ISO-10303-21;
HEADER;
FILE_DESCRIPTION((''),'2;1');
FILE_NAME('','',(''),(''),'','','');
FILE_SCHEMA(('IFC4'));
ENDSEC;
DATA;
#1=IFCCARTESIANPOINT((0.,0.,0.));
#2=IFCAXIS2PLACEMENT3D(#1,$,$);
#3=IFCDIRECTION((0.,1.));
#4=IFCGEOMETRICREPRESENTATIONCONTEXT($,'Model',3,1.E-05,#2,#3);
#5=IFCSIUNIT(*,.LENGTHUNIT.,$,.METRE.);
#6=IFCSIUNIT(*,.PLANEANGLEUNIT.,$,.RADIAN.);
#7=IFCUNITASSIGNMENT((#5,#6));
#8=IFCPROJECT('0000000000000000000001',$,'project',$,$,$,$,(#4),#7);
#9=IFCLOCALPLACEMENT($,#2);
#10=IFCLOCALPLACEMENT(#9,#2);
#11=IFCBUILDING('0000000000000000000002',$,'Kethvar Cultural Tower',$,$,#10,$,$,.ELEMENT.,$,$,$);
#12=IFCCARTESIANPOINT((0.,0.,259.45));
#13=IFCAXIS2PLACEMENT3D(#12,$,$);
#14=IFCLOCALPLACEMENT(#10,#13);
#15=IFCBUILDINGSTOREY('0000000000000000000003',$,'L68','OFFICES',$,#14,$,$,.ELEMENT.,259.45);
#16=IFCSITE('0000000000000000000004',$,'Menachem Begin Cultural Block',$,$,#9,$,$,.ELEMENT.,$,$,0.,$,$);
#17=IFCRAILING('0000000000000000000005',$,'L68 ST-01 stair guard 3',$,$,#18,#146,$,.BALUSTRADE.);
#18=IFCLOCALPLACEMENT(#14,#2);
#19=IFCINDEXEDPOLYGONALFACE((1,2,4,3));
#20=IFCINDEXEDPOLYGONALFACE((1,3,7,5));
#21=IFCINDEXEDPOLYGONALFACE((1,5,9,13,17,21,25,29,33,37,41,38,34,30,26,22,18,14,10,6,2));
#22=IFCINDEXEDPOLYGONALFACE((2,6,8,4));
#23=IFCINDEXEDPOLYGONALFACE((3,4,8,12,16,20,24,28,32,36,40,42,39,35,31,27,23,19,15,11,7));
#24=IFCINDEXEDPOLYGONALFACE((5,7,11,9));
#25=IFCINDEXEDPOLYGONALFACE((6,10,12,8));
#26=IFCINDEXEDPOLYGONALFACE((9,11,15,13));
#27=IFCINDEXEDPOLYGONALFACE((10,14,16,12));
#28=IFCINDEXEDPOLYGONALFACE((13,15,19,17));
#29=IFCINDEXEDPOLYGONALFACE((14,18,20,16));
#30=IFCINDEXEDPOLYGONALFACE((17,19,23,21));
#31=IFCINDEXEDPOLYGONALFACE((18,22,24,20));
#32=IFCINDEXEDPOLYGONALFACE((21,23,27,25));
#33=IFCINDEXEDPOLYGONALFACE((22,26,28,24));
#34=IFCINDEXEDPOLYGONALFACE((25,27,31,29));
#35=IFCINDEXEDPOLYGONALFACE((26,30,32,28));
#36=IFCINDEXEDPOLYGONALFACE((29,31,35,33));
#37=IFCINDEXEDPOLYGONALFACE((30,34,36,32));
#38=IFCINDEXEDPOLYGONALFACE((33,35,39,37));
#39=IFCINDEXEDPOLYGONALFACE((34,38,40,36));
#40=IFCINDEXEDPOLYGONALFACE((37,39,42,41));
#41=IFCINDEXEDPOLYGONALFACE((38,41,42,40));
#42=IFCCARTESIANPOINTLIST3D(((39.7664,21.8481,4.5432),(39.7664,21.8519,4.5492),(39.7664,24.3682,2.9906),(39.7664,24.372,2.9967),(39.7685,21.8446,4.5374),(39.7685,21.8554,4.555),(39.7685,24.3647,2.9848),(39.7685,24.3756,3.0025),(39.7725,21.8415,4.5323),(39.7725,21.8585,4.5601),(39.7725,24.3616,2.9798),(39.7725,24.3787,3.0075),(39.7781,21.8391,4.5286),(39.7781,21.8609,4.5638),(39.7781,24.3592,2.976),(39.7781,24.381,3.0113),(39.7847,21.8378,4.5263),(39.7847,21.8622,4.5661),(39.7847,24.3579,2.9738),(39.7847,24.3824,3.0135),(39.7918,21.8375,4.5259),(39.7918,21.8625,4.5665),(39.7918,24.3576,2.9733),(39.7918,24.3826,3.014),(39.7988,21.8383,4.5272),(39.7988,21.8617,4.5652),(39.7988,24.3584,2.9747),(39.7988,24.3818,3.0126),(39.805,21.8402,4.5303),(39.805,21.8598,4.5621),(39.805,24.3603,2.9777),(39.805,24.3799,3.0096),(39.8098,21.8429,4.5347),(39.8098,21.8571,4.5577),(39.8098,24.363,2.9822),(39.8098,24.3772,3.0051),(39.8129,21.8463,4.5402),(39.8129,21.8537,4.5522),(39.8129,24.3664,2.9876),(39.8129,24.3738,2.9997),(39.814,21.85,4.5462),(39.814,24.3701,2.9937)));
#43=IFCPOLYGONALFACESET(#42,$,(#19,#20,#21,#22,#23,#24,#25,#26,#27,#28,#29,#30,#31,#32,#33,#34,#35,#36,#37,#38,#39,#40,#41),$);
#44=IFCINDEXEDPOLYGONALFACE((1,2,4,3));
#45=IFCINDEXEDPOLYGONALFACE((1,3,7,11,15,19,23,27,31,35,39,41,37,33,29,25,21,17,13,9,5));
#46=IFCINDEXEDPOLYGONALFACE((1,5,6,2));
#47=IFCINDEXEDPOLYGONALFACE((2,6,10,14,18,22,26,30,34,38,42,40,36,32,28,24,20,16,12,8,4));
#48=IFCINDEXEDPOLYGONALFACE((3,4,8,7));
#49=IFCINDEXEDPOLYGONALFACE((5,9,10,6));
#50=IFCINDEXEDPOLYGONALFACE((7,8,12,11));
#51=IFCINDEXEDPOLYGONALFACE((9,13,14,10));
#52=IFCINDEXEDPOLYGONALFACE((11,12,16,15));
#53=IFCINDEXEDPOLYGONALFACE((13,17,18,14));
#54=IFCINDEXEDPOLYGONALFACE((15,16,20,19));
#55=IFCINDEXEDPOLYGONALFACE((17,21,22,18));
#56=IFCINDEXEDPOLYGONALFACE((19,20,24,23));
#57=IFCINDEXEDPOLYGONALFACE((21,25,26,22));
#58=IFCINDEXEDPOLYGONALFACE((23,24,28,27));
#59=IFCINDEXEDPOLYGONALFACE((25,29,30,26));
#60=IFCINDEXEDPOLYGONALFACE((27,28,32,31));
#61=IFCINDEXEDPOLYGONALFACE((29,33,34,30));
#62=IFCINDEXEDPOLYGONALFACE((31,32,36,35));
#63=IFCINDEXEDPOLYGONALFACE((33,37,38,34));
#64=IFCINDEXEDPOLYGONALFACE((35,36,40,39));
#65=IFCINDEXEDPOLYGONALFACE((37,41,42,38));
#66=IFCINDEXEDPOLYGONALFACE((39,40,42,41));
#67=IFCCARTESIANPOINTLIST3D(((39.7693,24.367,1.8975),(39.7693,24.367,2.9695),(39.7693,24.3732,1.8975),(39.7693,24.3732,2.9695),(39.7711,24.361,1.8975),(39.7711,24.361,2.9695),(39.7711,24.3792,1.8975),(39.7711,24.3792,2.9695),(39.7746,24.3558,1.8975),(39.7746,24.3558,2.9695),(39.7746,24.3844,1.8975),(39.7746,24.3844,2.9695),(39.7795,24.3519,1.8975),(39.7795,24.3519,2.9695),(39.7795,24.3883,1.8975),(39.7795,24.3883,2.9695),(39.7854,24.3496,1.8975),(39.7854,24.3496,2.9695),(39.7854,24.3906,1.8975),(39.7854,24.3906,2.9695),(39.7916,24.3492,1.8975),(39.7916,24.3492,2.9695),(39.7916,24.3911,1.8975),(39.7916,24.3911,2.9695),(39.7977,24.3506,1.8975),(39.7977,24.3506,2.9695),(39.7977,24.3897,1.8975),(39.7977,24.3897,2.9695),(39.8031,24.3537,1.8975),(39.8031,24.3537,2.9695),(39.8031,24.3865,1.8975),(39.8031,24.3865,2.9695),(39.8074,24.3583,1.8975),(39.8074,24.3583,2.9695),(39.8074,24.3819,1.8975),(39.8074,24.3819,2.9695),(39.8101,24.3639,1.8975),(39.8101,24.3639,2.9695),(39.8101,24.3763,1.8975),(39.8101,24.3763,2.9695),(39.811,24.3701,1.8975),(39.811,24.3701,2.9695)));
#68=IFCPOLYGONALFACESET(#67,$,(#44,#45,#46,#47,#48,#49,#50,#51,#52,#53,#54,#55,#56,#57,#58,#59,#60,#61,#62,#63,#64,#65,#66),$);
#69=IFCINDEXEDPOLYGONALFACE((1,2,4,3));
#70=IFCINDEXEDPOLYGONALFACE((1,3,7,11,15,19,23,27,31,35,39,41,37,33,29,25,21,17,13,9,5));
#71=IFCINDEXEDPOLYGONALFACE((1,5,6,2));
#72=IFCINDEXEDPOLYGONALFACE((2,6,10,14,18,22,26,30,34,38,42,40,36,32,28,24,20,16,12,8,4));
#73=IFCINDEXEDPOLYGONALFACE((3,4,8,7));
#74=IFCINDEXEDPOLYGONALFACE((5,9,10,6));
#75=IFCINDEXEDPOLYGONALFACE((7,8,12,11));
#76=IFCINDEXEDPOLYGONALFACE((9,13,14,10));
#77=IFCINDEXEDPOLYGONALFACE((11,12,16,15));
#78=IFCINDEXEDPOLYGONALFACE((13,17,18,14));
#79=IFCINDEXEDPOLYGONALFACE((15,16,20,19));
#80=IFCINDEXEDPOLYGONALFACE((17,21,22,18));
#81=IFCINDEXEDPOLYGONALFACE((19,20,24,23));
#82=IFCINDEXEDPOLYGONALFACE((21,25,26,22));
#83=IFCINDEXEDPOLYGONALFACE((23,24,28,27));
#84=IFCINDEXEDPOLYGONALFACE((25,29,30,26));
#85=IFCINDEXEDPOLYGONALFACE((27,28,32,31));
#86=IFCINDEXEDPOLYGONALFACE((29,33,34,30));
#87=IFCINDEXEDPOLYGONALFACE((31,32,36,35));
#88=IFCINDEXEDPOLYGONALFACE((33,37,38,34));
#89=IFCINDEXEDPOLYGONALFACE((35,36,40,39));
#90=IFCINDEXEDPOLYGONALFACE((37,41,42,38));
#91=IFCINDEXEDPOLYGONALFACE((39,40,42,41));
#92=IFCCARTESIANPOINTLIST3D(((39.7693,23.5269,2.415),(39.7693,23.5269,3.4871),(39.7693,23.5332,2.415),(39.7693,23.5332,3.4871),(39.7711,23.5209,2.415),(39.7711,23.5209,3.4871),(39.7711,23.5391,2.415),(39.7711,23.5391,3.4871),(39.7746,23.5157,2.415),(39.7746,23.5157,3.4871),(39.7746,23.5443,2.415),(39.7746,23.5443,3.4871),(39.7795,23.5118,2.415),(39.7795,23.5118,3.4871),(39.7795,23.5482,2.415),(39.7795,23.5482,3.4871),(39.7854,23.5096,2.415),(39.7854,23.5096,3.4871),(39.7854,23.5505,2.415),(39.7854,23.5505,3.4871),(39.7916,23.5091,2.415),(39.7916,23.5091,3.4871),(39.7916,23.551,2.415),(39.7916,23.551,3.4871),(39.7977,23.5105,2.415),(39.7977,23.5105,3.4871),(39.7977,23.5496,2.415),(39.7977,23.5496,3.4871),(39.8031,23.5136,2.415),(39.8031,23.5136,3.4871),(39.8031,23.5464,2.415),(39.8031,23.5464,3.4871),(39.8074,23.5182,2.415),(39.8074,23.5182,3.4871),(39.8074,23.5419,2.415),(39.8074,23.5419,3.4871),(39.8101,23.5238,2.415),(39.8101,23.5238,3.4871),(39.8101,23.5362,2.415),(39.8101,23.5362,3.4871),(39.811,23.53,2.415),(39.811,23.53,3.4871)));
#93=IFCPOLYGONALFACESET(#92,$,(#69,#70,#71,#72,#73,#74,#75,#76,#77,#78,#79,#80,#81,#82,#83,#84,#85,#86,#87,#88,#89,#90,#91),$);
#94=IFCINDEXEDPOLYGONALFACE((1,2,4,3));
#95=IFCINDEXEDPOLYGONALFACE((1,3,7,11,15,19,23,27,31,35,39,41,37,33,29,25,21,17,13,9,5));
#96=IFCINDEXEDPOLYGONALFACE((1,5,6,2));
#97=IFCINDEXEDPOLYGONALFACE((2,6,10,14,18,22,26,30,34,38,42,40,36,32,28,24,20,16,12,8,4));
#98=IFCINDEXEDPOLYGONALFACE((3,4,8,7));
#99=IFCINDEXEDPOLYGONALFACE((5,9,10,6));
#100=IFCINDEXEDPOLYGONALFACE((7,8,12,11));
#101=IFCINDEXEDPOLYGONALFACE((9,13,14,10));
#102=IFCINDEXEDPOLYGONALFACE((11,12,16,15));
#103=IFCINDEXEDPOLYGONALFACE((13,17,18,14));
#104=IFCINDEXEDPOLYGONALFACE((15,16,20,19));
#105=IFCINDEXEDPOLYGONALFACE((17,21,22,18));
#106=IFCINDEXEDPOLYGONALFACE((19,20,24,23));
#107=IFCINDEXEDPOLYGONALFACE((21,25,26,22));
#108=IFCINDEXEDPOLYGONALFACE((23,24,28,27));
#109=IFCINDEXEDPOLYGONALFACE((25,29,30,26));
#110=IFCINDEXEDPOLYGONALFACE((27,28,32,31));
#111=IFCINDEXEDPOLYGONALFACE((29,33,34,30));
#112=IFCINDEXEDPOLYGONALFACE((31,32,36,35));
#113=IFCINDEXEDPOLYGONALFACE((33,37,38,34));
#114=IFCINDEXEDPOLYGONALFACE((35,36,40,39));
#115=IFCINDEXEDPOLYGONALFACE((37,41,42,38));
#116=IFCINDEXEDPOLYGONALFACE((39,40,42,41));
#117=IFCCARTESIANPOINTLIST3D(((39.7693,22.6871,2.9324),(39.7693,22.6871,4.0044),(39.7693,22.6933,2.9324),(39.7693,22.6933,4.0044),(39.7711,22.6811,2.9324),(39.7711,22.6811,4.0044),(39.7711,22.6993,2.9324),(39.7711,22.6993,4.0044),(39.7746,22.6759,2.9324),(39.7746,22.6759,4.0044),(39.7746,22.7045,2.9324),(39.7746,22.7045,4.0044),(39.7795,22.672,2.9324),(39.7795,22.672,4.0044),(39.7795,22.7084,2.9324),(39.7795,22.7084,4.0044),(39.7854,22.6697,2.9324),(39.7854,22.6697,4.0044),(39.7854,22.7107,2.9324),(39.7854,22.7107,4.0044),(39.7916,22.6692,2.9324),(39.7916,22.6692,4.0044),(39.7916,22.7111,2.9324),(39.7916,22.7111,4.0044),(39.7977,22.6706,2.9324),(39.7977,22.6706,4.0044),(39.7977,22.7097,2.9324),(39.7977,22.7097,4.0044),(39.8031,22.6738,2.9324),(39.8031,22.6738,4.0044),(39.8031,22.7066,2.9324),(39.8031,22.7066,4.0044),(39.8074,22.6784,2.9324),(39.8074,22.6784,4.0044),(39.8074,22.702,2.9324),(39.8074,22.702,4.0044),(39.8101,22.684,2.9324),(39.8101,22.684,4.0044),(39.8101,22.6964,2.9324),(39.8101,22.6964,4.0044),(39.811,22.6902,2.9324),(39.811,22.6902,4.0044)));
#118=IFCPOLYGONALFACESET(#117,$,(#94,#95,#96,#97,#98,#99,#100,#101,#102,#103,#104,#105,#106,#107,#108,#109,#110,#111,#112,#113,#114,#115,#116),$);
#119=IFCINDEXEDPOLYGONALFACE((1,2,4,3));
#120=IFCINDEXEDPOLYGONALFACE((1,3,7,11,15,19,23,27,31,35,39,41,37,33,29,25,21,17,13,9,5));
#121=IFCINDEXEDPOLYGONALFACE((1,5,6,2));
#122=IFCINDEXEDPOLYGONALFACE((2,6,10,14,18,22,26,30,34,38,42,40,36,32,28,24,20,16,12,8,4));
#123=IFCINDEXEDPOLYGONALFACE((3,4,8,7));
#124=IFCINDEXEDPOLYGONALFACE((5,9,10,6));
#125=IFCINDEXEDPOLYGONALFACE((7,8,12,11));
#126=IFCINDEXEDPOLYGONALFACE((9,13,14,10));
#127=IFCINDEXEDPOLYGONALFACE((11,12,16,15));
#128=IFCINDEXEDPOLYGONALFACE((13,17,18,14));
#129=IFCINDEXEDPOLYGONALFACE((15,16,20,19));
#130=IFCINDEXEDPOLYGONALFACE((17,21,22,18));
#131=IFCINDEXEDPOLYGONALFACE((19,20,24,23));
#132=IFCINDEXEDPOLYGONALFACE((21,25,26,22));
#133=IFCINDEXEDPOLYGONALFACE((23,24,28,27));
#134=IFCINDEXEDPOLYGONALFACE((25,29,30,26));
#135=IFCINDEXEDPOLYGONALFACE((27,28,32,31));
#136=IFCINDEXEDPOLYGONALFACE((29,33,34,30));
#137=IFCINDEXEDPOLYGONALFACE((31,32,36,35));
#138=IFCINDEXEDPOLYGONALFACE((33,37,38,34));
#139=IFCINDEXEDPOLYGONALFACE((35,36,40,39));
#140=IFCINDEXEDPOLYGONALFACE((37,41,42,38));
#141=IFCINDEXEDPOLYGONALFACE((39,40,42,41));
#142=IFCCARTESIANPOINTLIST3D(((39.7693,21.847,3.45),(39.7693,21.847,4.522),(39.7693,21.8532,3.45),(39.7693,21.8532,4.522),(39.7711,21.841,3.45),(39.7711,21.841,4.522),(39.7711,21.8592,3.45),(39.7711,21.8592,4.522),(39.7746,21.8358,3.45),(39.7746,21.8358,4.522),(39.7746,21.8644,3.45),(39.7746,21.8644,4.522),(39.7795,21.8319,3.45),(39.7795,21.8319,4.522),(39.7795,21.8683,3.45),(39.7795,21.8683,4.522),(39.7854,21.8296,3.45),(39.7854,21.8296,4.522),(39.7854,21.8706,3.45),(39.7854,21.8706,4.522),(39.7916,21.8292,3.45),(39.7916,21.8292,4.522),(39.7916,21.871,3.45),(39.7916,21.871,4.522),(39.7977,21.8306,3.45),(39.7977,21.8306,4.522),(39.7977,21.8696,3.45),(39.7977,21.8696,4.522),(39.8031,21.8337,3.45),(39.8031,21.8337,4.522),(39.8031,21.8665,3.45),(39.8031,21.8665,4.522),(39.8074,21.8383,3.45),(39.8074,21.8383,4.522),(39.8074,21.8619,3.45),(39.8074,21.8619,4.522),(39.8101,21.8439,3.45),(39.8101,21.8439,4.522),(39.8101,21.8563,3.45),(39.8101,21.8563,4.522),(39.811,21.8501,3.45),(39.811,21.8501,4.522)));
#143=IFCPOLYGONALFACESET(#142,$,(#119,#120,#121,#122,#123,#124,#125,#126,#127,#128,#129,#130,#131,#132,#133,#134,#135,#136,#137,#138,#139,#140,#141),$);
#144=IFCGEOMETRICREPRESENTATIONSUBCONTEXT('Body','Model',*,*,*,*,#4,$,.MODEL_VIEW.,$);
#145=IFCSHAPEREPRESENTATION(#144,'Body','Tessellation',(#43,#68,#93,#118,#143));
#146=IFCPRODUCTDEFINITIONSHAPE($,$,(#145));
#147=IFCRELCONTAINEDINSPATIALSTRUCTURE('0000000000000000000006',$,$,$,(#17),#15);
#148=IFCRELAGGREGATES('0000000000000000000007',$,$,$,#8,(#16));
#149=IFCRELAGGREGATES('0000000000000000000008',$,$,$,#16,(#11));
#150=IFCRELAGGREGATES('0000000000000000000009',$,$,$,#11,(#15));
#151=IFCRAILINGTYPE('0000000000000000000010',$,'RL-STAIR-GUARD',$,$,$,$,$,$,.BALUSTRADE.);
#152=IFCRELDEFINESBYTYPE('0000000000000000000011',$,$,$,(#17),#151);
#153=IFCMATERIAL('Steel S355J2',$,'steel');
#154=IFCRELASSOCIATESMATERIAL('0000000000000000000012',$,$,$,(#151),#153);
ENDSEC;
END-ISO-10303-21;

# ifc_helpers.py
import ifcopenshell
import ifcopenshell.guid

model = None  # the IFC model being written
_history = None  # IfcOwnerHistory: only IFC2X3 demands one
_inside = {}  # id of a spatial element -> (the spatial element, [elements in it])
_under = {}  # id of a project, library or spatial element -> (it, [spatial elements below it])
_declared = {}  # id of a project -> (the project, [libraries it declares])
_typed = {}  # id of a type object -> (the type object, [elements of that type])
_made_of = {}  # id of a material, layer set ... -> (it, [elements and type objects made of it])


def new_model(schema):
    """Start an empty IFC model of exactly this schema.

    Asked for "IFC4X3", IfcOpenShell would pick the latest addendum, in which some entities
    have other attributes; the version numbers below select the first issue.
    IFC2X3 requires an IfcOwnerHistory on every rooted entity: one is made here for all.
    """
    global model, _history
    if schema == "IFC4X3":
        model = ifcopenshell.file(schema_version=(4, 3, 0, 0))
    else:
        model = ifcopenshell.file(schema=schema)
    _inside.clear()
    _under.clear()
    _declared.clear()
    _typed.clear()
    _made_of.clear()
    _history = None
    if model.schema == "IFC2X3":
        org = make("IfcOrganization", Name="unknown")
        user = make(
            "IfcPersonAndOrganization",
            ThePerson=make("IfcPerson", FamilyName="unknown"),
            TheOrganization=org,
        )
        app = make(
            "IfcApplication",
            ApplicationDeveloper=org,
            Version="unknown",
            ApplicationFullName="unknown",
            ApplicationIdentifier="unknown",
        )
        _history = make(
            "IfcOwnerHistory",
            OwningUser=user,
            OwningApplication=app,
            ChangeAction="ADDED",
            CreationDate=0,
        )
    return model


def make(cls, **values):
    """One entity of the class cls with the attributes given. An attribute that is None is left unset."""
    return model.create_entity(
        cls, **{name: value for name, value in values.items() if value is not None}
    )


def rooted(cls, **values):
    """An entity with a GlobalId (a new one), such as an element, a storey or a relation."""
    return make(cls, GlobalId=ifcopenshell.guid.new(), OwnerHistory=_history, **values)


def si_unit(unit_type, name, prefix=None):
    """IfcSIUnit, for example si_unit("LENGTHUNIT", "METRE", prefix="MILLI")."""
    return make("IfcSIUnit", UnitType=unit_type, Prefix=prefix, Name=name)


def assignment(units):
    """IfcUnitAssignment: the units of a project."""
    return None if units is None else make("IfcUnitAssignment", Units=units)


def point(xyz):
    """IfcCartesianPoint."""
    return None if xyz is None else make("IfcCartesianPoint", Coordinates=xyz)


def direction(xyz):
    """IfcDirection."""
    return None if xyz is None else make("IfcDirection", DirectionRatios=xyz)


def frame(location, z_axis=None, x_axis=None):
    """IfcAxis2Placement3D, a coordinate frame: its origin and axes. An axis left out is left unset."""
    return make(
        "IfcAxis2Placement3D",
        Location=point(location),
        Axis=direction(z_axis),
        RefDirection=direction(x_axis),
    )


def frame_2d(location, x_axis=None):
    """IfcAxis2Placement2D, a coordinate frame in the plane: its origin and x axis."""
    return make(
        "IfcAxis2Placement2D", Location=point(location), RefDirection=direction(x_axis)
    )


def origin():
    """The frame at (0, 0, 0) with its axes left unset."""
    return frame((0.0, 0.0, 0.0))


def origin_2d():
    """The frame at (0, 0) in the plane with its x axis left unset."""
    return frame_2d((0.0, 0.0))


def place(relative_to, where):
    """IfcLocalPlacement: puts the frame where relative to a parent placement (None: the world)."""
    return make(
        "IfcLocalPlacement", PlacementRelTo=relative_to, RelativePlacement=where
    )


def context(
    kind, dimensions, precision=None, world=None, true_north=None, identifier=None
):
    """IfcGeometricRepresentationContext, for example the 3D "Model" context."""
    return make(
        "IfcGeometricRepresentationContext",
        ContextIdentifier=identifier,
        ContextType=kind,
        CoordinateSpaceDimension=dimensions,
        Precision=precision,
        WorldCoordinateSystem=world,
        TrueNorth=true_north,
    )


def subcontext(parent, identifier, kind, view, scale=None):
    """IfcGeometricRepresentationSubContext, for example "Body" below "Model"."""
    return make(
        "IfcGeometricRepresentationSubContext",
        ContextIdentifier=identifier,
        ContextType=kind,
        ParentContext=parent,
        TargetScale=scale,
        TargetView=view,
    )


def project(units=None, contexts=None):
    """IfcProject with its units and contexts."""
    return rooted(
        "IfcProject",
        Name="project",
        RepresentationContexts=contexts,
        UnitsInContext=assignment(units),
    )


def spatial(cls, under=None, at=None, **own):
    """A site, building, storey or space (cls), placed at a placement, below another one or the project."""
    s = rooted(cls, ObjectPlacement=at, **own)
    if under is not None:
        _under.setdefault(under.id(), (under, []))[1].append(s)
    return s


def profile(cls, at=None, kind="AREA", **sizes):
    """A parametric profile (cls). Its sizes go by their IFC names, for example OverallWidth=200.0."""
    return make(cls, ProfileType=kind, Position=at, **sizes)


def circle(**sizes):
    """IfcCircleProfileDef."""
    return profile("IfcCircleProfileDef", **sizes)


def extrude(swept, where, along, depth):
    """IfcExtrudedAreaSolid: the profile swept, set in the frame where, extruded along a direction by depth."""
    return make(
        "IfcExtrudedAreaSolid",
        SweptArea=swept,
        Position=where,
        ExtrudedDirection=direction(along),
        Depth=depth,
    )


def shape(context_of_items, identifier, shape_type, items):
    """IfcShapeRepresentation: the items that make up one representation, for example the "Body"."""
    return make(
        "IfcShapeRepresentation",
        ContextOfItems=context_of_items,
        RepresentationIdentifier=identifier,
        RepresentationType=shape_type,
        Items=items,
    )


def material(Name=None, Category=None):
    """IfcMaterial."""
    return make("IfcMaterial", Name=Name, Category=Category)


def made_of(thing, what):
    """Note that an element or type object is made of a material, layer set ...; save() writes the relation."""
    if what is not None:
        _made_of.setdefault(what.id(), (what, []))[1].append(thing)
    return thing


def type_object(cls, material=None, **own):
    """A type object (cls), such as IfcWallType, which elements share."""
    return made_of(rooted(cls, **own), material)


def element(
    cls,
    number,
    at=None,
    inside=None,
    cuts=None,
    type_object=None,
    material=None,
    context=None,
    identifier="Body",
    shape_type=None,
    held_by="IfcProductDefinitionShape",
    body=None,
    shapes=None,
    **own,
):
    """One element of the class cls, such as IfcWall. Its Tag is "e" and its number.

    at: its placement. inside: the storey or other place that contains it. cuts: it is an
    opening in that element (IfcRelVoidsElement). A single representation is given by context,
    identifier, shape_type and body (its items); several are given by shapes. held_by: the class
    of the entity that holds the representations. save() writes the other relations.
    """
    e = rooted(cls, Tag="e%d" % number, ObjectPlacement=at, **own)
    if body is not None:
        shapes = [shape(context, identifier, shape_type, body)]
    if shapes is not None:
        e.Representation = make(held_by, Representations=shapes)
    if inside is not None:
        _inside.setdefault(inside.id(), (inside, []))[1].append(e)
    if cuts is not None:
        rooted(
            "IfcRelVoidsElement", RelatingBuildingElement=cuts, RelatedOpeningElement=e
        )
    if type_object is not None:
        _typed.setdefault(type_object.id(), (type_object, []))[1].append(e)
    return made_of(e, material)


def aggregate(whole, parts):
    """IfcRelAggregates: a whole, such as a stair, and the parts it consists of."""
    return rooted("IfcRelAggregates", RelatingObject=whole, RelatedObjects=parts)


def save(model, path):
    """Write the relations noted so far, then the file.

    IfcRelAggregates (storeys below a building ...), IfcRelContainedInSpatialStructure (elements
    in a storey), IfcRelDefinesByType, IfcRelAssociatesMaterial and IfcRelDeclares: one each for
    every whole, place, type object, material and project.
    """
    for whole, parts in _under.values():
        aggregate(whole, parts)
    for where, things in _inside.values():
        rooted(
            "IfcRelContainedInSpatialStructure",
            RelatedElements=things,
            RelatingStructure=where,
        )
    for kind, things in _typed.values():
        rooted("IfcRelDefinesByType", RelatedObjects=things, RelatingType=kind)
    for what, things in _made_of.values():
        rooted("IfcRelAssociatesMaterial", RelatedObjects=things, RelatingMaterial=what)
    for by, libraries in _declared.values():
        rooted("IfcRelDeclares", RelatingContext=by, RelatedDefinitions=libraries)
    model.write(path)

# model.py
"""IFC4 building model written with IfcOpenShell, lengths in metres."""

from ifc_helpers import new_model, si_unit, direction, frame, origin, origin_2d, place, context, subcontext, project, spatial, circle, extrude, material, type_object, element, save


model = new_model("IFC4")

# Units and contexts
model_context = context("Model", 3, precision=1e-05, world=origin(), true_north=direction((0.0, 1.0)))
body_context = subcontext(model_context, "Body", "Model", "MODEL_VIEW")
ifc_project = project(units=[si_unit("LENGTHUNIT", "METRE"), si_unit("PLANEANGLEUNIT", "RADIAN")], contexts=[model_context])

# Site, building, storey
site_placement = place(None, origin())
site = spatial("IfcSite", under=ifc_project, at=site_placement, Name="Menachem Begin Cultural Block", CompositionType="ELEMENT", RefElevation=0.0)
building_placement = place(site_placement, origin())
building = spatial("IfcBuilding", under=site, at=building_placement, Name="Kethvar Cultural Tower", CompositionType="ELEMENT")
storey_placement = place(building_placement, frame((0.0, 0.0, 259.45)))
storey = spatial("IfcBuildingStorey", under=building, at=storey_placement, Name="L68", Description="OFFICES", CompositionType="ELEMENT", Elevation=259.45)

# Shared definitions
ifc_material_1 = material(Name="Steel S355J2", Category="steel")

# Railing
railing_type_1 = type_object("IfcRailingType", Name="RL-STAIR-GUARD", PredefinedType="BALUSTRADE", material=ifc_material_1)
railing_1_placement = place(storey_placement, frame((39.79, 24.3701, 1.8975)))
element("IfcRailing", 1, at=railing_1_placement, inside=storey, type_object=railing_type_1, Name="L68 ST-01 stair guard 3", PredefinedType="BALUSTRADE", context=body_context, shape_type="SweptSolid", body=[
    extrude(circle(Radius=0.0239, at=origin_2d()), frame((0.0, 0.0, 1.0962), z_axis=(0.0, -0.8514, 0.524516), x_axis=(1.0, 0.0, 0.0)), (0.0, 0.0, 1.0), 2.96),
    extrude(circle(Radius=0.021, at=origin_2d()), origin(), (0.0, 0.0, 1.0), 1.072),
    extrude(circle(Radius=0.021, at=origin_2d()), frame((0.0, -0.8401, 0.5176)), (0.0, 0.0, 1.0), 1.072),
    extrude(circle(Radius=0.021, at=origin_2d()), frame((0.0, -1.6799, 1.0349)), (0.0, 0.0, 1.0), 1.072),
    extrude(circle(Radius=0.021, at=origin_2d()), frame((0.0, -2.52, 1.5525)), (0.0, 0.0, 1.0), 1.072),
])

save(model, "model.ifc")
